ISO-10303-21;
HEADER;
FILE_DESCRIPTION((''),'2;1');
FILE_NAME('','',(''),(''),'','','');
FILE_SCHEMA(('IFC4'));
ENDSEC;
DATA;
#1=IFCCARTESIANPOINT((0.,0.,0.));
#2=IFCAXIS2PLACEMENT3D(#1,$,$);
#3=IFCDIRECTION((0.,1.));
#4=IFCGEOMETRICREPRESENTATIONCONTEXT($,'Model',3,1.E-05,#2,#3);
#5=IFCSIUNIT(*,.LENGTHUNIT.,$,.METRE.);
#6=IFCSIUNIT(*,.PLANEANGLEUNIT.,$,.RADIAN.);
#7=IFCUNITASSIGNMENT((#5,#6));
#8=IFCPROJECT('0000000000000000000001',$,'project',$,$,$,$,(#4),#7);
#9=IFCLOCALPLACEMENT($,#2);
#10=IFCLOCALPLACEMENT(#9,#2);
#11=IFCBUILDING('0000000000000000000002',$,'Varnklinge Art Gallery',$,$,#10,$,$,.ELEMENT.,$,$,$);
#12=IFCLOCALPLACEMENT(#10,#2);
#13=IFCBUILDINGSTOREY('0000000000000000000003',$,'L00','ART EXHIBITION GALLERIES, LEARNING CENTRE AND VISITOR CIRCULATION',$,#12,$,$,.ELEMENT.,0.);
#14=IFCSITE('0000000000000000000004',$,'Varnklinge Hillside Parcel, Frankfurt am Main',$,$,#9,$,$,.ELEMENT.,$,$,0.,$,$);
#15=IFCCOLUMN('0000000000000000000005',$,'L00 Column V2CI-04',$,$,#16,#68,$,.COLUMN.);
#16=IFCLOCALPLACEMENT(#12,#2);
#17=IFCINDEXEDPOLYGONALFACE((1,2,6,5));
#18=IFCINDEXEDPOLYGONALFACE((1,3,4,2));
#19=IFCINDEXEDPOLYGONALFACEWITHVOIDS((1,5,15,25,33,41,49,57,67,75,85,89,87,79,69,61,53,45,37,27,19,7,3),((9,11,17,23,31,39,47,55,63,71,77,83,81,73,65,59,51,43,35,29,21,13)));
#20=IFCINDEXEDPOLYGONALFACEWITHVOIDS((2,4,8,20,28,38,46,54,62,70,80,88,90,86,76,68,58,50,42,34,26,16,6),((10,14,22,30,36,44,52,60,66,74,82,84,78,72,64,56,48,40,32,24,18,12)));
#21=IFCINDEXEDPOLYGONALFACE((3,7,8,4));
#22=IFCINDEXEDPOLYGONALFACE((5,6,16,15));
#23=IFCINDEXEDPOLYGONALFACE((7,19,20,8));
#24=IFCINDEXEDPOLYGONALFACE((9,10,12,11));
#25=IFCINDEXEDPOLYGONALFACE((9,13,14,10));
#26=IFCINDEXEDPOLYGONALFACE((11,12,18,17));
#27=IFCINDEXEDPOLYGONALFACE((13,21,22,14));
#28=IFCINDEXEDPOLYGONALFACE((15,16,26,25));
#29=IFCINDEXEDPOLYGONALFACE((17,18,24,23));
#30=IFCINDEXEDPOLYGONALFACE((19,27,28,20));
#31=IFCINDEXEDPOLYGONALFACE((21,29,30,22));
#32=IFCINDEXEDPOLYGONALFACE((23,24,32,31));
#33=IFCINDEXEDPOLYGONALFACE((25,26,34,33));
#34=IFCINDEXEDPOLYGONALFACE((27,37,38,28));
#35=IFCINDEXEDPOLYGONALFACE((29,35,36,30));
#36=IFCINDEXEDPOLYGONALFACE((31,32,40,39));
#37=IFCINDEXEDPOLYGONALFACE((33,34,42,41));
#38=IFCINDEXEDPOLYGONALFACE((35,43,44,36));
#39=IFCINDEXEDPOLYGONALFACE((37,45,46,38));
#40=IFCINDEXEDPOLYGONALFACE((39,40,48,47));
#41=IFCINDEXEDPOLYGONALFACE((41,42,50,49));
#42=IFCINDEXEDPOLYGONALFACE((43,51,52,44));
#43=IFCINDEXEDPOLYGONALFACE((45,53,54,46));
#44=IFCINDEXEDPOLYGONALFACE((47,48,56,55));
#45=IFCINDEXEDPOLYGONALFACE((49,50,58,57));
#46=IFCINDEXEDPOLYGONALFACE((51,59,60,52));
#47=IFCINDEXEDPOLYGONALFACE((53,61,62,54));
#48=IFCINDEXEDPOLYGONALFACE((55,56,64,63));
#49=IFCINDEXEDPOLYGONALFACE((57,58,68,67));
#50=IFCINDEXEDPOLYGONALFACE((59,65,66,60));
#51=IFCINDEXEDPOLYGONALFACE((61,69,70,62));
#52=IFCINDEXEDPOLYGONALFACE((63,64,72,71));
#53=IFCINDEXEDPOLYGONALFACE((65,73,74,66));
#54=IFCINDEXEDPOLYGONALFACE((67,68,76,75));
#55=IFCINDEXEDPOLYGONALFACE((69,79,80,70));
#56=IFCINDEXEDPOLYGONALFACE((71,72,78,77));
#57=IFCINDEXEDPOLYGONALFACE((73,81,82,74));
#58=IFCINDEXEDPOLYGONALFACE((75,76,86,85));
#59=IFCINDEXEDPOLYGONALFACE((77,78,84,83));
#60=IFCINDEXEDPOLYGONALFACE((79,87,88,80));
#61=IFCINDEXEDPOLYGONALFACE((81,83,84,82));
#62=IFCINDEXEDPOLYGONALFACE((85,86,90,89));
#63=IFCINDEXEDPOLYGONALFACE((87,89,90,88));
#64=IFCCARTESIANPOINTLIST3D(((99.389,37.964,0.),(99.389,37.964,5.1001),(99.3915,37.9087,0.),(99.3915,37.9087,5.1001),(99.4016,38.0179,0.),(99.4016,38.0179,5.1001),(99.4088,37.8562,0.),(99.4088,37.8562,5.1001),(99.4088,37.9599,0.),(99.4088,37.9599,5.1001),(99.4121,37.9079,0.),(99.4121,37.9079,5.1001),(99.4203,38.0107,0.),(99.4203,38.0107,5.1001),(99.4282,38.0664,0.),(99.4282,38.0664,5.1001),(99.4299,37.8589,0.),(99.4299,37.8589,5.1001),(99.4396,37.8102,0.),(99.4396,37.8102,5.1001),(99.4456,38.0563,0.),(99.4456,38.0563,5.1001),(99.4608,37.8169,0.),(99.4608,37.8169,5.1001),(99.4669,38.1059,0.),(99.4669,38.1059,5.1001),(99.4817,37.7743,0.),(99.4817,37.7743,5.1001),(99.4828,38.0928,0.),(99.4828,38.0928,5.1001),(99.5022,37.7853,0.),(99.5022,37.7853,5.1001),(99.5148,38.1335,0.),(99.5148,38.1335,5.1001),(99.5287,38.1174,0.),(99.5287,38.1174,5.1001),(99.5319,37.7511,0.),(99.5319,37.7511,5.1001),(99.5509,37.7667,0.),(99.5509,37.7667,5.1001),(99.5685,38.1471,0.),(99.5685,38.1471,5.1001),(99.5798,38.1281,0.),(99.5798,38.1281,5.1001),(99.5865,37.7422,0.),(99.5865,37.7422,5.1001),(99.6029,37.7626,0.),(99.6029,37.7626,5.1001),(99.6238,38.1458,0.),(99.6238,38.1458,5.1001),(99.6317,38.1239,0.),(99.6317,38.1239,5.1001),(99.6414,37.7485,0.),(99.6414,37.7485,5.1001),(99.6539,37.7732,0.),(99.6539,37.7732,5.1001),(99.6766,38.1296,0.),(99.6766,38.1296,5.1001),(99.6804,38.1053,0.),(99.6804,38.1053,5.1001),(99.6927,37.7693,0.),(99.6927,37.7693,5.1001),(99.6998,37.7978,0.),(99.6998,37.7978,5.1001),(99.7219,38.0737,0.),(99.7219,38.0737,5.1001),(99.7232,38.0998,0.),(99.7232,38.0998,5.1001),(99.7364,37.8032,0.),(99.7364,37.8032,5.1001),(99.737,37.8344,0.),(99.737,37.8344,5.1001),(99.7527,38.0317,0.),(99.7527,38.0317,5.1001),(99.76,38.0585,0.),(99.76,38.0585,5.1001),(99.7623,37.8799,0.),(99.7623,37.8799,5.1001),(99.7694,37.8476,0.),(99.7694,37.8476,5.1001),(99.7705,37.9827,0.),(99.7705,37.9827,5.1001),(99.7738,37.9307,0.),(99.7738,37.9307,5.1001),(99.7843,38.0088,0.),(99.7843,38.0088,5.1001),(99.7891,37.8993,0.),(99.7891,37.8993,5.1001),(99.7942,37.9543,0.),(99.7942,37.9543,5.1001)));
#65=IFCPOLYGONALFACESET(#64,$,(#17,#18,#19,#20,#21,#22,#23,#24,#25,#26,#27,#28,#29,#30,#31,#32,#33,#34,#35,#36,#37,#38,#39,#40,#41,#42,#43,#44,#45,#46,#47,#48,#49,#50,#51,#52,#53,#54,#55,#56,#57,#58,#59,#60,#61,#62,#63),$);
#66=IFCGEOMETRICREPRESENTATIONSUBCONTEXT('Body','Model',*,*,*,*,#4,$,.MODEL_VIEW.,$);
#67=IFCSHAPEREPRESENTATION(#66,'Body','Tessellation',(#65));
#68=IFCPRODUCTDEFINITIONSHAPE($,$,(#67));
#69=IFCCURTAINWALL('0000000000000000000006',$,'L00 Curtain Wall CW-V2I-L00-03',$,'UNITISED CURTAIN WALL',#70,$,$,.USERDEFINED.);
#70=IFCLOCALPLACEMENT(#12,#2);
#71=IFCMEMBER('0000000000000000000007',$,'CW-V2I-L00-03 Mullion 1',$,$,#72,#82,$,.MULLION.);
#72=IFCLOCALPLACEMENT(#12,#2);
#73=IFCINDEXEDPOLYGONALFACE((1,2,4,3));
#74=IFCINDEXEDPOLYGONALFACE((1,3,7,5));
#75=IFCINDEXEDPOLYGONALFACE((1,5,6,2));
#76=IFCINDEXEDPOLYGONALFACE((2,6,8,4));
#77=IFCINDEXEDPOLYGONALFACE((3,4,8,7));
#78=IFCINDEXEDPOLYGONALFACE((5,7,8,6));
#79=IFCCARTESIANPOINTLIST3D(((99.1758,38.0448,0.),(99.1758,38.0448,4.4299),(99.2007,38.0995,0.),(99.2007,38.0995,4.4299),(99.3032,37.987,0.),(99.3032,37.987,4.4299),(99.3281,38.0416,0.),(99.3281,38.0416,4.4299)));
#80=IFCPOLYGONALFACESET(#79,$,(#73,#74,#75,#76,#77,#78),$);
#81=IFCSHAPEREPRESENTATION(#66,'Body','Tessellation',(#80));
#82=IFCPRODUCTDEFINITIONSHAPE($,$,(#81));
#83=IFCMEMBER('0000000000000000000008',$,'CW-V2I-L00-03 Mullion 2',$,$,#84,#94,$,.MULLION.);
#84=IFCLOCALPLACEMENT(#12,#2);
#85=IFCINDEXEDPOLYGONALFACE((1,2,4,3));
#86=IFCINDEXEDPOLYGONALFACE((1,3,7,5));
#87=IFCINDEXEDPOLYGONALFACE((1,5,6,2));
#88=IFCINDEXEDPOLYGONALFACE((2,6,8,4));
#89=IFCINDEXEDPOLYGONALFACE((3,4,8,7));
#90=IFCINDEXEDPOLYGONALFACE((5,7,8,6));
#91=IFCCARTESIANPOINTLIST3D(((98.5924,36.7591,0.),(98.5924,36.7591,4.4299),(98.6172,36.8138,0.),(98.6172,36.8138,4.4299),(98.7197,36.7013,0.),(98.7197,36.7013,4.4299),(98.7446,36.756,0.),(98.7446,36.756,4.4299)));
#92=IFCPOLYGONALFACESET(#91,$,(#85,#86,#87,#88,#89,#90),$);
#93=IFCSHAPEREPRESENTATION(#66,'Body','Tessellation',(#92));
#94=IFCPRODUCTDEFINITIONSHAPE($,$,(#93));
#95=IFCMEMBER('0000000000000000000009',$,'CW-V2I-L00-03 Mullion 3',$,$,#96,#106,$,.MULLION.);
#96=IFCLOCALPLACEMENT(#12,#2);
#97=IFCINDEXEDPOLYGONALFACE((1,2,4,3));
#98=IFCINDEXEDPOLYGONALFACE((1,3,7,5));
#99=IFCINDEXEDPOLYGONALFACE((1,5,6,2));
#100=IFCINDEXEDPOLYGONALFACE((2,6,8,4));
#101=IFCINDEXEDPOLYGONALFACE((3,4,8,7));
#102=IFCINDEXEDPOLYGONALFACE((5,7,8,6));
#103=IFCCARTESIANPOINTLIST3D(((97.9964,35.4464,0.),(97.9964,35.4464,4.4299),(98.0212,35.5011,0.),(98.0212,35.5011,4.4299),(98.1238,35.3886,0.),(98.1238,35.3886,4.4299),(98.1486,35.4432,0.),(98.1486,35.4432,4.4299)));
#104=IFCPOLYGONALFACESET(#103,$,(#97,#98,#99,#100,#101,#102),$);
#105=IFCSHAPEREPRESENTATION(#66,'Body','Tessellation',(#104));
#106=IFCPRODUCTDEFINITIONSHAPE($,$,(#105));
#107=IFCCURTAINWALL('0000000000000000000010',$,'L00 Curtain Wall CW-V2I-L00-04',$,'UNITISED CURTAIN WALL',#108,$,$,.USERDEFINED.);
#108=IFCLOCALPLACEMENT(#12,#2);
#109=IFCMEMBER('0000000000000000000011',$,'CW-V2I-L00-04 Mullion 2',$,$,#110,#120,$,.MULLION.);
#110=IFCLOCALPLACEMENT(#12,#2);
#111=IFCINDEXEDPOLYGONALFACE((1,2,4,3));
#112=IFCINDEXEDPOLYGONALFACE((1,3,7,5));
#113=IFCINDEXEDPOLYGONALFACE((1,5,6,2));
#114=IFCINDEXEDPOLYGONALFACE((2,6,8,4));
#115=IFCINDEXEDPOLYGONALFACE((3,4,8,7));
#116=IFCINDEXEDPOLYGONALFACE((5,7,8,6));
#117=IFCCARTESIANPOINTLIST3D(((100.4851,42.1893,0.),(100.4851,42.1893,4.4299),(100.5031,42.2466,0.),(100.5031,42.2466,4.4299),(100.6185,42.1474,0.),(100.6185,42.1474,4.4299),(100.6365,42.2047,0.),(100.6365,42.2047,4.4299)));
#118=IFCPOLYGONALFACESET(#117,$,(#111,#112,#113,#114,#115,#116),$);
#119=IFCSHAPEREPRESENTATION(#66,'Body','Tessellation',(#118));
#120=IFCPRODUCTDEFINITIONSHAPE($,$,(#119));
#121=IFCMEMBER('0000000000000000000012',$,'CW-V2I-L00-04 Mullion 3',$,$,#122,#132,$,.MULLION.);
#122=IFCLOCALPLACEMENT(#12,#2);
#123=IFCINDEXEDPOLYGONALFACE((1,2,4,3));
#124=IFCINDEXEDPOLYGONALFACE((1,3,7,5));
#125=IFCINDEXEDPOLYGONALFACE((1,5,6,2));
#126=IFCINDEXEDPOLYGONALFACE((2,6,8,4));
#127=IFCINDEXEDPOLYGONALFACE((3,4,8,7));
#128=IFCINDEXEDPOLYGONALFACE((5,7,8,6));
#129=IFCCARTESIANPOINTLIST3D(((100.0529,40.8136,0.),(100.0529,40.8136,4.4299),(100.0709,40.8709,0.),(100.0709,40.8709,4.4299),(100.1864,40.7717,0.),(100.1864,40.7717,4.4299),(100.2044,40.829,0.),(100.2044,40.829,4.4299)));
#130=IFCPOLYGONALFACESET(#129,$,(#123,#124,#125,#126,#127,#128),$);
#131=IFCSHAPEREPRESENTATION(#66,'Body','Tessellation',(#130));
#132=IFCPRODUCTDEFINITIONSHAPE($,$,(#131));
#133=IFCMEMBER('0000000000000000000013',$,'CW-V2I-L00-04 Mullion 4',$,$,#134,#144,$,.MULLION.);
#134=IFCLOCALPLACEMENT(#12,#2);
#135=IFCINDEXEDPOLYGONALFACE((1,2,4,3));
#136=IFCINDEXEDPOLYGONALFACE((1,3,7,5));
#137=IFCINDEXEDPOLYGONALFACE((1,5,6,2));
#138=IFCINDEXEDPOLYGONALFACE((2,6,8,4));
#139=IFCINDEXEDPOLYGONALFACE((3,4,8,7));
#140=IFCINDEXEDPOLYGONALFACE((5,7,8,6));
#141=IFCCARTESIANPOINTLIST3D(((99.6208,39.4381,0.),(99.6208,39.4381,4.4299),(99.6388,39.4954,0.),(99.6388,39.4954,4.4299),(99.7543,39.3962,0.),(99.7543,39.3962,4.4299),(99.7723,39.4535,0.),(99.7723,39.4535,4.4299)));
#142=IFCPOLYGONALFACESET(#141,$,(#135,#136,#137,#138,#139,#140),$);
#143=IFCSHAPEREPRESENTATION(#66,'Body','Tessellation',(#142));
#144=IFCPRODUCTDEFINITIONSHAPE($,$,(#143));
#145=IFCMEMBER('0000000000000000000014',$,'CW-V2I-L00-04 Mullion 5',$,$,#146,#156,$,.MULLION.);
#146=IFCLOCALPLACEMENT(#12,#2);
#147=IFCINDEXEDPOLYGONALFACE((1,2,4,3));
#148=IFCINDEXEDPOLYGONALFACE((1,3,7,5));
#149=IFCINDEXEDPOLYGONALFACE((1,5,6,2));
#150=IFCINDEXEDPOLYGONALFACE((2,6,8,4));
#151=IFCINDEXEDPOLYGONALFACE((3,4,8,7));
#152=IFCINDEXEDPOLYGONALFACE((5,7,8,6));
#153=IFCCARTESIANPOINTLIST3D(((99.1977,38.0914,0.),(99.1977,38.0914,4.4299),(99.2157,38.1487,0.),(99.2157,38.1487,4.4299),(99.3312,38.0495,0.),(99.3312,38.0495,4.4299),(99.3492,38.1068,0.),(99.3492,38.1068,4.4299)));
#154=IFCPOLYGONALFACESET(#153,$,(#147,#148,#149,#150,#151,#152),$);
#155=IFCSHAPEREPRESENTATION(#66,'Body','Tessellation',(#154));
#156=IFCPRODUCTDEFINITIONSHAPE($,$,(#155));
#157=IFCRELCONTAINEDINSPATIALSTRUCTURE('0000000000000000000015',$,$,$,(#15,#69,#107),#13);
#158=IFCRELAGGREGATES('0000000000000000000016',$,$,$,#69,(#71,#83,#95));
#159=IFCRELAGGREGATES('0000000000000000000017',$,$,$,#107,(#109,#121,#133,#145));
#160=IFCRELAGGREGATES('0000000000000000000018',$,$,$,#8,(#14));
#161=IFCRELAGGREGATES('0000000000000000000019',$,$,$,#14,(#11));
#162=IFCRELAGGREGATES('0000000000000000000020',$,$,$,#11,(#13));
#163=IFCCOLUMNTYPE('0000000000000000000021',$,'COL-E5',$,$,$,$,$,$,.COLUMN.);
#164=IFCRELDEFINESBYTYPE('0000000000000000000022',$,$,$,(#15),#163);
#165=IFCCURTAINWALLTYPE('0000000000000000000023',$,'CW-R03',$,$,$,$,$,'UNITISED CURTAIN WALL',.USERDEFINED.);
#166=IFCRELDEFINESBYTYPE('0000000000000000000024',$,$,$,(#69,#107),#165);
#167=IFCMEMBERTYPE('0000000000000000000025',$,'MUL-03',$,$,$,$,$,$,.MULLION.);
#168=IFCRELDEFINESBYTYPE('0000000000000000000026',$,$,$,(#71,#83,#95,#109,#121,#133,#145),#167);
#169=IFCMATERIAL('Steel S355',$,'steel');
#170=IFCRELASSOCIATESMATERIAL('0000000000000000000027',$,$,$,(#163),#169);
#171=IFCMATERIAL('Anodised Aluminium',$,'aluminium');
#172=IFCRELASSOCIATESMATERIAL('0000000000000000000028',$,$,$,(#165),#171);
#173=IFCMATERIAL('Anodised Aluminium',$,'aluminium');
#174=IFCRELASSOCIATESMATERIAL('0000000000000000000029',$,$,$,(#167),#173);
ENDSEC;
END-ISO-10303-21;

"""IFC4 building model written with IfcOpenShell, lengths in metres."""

from ifc_helpers import new_model, si_unit, direction, frame, origin, origin_2d, place, context, subcontext, project, spatial, rectangle, hollow_circle, extrude, material, material_profile, profile_set, type_object, element, aggregate, save


model = new_model("IFC4")

# Units and contexts
model_context = context("Model", 3, precision=1e-05, world=origin(), true_north=direction((0.0, 1.0)))
body_context = subcontext(model_context, "Body", "Model", "MODEL_VIEW")
ifc_project = project(units=[si_unit("LENGTHUNIT", "METRE"), si_unit("PLANEANGLEUNIT", "RADIAN")], contexts=[model_context])

# Site, building, storey
site_placement = place(None, origin())
site = spatial("IfcSite", under=ifc_project, at=site_placement, Name="Varnklinge Hillside Parcel, Frankfurt am Main", CompositionType="ELEMENT", RefElevation=0.0)
building_placement = place(site_placement, origin())
building = spatial("IfcBuilding", under=site, at=building_placement, Name="Varnklinge Art Gallery", CompositionType="ELEMENT")
storey_placement = place(building_placement, origin())
storey = spatial("IfcBuildingStorey", under=building, at=storey_placement, Name="L00", Description="ART EXHIBITION GALLERIES, LEARNING CENTRE AND VISITOR CIRCULATION", CompositionType="ELEMENT", Elevation=0.0)

# Column
ifc_material_1 = material(Name="Steel S355", Category="steel")
ifc_material_profile_1 = material_profile(ifc_material_1, hollow_circle(Radius=0.2031, WallThickness=0.02, at=origin_2d()), Name="CHS 406.4x20")
ifc_profile_set_1 = profile_set([ifc_material_profile_1], Name="Steel S355")
column_type = type_object("IfcColumnType", Name="COL-E5", PredefinedType="COLUMN", material=ifc_profile_set_1)
column_placement = place(storey_placement, frame((99.5913, 37.9453, 0.0), z_axis=(0.0, 0.0, 1.0), x_axis=(-0.934018, 0.357227, 0.0)))
element("IfcColumn", 1, at=column_placement, inside=storey, type_object=column_type, Name="L00 Column V2CI-04", PredefinedType="COLUMN", context=body_context, shape_type="SweptSolid", body=[
    extrude(hollow_circle(Radius=0.2031, WallThickness=0.02, at=origin_2d()), origin(), (0.0, 0.0, 1.0), 5.1001),
])

# Curtain walls, members
ifc_material_2 = material(Name="Anodised Aluminium", Category="aluminium")
curtain_wall_type = type_object("IfcCurtainWallType", Name="CW-R03", ElementType="UNITISED CURTAIN WALL", PredefinedType="USERDEFINED", material=ifc_material_2)
curtain_wall_1_placement = place(storey_placement, origin())
curtain_wall_1 = element("IfcCurtainWall", 2, at=curtain_wall_1_placement, inside=storey, type_object=curtain_wall_type, Name="L00 Curtain Wall CW-V2I-L00-03", ObjectType="UNITISED CURTAIN WALL", PredefinedType="USERDEFINED")
ifc_material_3 = material(Name="Anodised Aluminium", Category="aluminium")
ifc_material_profile_2 = material_profile(ifc_material_3, rectangle(XDim=0.0601, YDim=0.1399, at=origin_2d()), Name="ALU 60x140")
ifc_profile_set_2 = profile_set([ifc_material_profile_2], Name="Anodised Aluminium")
member_type_1 = type_object("IfcMemberType", Name="MUL-03", PredefinedType="MULLION", material=ifc_profile_set_2)
member_1_placement = place(storey_placement, frame((99.252, 38.0432, 0.0), z_axis=(0.0, 0.0, 1.0), x_axis=(-0.413422, -0.910539, 0.0)))
member_1 = element("IfcMember", 3, at=member_1_placement, type_object=member_type_1, Name="CW-V2I-L00-03 Mullion 1", PredefinedType="MULLION", context=body_context, shape_type="SweptSolid", body=[
    extrude(rectangle(XDim=0.0601, YDim=0.1399, at=origin_2d()), origin(), (0.0, 0.0, 1.0), 4.4299),
])
member_2_placement = place(storey_placement, frame((98.6685, 36.7576, 0.0), z_axis=(0.0, 0.0, 1.0), x_axis=(-0.413422, -0.910539, 0.0)))
member_2 = element("IfcMember", 4, at=member_2_placement, type_object=member_type_1, Name="CW-V2I-L00-03 Mullion 2", PredefinedType="MULLION", context=body_context, shape_type="SweptSolid", body=[
    extrude(rectangle(XDim=0.0601, YDim=0.1399, at=origin_2d()), origin(), (0.0, 0.0, 1.0), 4.4299),
])
member_3_placement = place(storey_placement, frame((98.0725, 35.4448, 0.0), z_axis=(0.0, 0.0, 1.0), x_axis=(-0.413422, -0.910539, 0.0)))
member_3 = element("IfcMember", 5, at=member_3_placement, type_object=member_type_1, Name="CW-V2I-L00-03 Mullion 3", PredefinedType="MULLION", context=body_context, shape_type="SweptSolid", body=[
    extrude(rectangle(XDim=0.0601, YDim=0.1399, at=origin_2d()), origin(), (0.0, 0.0, 1.0), 4.4299),
])
curtain_wall_2_placement = place(storey_placement, origin())
curtain_wall_2 = element("IfcCurtainWall", 6, at=curtain_wall_2_placement, inside=storey, type_object=curtain_wall_type, Name="L00 Curtain Wall CW-V2I-L00-04", ObjectType="UNITISED CURTAIN WALL", PredefinedType="USERDEFINED")
member_4_placement = place(storey_placement, frame((100.5608, 42.197, 0.0), z_axis=(0.0, 0.0, 1.0), x_axis=(-0.299707, -0.954031, 0.0)))
member_4 = element("IfcMember", 7, at=member_4_placement, type_object=member_type_1, Name="CW-V2I-L00-04 Mullion 2", PredefinedType="MULLION", context=body_context, shape_type="SweptSolid", body=[
    extrude(rectangle(XDim=0.0601, YDim=0.1399, at=origin_2d()), origin(), (0.0, 0.0, 1.0), 4.4299),
])
member_5_placement = place(storey_placement, frame((100.1287, 40.8213, 0.0), z_axis=(0.0, 0.0, 1.0), x_axis=(-0.299707, -0.954031, 0.0)))
member_5 = element("IfcMember", 8, at=member_5_placement, type_object=member_type_1, Name="CW-V2I-L00-04 Mullion 3", PredefinedType="MULLION", context=body_context, shape_type="SweptSolid", body=[
    extrude(rectangle(XDim=0.0601, YDim=0.1399, at=origin_2d()), origin(), (0.0, 0.0, 1.0), 4.4299),
])
member_6_placement = place(storey_placement, frame((99.6965, 39.4458, 0.0), z_axis=(0.0, 0.0, 1.0), x_axis=(-0.299707, -0.954031, 0.0)))
member_6 = element("IfcMember", 9, at=member_6_placement, type_object=member_type_1, Name="CW-V2I-L00-04 Mullion 4", PredefinedType="MULLION", context=body_context, shape_type="SweptSolid", body=[
    extrude(rectangle(XDim=0.0601, YDim=0.1399, at=origin_2d()), origin(), (0.0, 0.0, 1.0), 4.4299),
])
member_7_placement = place(storey_placement, frame((99.2734, 38.0991, 0.0), z_axis=(0.0, 0.0, 1.0), x_axis=(-0.299707, -0.954031, 0.0)))
member_7 = element("IfcMember", 10, at=member_7_placement, type_object=member_type_1, Name="CW-V2I-L00-04 Mullion 5", PredefinedType="MULLION", context=body_context, shape_type="SweptSolid", body=[
    extrude(rectangle(XDim=0.0601, YDim=0.1399, at=origin_2d()), origin(), (0.0, 0.0, 1.0), 4.4299),
])

aggregate(curtain_wall_1, [member_1, member_2, member_3])
aggregate(curtain_wall_2, [member_4, member_5, member_6, member_7])

save(model, "model.ifc")
